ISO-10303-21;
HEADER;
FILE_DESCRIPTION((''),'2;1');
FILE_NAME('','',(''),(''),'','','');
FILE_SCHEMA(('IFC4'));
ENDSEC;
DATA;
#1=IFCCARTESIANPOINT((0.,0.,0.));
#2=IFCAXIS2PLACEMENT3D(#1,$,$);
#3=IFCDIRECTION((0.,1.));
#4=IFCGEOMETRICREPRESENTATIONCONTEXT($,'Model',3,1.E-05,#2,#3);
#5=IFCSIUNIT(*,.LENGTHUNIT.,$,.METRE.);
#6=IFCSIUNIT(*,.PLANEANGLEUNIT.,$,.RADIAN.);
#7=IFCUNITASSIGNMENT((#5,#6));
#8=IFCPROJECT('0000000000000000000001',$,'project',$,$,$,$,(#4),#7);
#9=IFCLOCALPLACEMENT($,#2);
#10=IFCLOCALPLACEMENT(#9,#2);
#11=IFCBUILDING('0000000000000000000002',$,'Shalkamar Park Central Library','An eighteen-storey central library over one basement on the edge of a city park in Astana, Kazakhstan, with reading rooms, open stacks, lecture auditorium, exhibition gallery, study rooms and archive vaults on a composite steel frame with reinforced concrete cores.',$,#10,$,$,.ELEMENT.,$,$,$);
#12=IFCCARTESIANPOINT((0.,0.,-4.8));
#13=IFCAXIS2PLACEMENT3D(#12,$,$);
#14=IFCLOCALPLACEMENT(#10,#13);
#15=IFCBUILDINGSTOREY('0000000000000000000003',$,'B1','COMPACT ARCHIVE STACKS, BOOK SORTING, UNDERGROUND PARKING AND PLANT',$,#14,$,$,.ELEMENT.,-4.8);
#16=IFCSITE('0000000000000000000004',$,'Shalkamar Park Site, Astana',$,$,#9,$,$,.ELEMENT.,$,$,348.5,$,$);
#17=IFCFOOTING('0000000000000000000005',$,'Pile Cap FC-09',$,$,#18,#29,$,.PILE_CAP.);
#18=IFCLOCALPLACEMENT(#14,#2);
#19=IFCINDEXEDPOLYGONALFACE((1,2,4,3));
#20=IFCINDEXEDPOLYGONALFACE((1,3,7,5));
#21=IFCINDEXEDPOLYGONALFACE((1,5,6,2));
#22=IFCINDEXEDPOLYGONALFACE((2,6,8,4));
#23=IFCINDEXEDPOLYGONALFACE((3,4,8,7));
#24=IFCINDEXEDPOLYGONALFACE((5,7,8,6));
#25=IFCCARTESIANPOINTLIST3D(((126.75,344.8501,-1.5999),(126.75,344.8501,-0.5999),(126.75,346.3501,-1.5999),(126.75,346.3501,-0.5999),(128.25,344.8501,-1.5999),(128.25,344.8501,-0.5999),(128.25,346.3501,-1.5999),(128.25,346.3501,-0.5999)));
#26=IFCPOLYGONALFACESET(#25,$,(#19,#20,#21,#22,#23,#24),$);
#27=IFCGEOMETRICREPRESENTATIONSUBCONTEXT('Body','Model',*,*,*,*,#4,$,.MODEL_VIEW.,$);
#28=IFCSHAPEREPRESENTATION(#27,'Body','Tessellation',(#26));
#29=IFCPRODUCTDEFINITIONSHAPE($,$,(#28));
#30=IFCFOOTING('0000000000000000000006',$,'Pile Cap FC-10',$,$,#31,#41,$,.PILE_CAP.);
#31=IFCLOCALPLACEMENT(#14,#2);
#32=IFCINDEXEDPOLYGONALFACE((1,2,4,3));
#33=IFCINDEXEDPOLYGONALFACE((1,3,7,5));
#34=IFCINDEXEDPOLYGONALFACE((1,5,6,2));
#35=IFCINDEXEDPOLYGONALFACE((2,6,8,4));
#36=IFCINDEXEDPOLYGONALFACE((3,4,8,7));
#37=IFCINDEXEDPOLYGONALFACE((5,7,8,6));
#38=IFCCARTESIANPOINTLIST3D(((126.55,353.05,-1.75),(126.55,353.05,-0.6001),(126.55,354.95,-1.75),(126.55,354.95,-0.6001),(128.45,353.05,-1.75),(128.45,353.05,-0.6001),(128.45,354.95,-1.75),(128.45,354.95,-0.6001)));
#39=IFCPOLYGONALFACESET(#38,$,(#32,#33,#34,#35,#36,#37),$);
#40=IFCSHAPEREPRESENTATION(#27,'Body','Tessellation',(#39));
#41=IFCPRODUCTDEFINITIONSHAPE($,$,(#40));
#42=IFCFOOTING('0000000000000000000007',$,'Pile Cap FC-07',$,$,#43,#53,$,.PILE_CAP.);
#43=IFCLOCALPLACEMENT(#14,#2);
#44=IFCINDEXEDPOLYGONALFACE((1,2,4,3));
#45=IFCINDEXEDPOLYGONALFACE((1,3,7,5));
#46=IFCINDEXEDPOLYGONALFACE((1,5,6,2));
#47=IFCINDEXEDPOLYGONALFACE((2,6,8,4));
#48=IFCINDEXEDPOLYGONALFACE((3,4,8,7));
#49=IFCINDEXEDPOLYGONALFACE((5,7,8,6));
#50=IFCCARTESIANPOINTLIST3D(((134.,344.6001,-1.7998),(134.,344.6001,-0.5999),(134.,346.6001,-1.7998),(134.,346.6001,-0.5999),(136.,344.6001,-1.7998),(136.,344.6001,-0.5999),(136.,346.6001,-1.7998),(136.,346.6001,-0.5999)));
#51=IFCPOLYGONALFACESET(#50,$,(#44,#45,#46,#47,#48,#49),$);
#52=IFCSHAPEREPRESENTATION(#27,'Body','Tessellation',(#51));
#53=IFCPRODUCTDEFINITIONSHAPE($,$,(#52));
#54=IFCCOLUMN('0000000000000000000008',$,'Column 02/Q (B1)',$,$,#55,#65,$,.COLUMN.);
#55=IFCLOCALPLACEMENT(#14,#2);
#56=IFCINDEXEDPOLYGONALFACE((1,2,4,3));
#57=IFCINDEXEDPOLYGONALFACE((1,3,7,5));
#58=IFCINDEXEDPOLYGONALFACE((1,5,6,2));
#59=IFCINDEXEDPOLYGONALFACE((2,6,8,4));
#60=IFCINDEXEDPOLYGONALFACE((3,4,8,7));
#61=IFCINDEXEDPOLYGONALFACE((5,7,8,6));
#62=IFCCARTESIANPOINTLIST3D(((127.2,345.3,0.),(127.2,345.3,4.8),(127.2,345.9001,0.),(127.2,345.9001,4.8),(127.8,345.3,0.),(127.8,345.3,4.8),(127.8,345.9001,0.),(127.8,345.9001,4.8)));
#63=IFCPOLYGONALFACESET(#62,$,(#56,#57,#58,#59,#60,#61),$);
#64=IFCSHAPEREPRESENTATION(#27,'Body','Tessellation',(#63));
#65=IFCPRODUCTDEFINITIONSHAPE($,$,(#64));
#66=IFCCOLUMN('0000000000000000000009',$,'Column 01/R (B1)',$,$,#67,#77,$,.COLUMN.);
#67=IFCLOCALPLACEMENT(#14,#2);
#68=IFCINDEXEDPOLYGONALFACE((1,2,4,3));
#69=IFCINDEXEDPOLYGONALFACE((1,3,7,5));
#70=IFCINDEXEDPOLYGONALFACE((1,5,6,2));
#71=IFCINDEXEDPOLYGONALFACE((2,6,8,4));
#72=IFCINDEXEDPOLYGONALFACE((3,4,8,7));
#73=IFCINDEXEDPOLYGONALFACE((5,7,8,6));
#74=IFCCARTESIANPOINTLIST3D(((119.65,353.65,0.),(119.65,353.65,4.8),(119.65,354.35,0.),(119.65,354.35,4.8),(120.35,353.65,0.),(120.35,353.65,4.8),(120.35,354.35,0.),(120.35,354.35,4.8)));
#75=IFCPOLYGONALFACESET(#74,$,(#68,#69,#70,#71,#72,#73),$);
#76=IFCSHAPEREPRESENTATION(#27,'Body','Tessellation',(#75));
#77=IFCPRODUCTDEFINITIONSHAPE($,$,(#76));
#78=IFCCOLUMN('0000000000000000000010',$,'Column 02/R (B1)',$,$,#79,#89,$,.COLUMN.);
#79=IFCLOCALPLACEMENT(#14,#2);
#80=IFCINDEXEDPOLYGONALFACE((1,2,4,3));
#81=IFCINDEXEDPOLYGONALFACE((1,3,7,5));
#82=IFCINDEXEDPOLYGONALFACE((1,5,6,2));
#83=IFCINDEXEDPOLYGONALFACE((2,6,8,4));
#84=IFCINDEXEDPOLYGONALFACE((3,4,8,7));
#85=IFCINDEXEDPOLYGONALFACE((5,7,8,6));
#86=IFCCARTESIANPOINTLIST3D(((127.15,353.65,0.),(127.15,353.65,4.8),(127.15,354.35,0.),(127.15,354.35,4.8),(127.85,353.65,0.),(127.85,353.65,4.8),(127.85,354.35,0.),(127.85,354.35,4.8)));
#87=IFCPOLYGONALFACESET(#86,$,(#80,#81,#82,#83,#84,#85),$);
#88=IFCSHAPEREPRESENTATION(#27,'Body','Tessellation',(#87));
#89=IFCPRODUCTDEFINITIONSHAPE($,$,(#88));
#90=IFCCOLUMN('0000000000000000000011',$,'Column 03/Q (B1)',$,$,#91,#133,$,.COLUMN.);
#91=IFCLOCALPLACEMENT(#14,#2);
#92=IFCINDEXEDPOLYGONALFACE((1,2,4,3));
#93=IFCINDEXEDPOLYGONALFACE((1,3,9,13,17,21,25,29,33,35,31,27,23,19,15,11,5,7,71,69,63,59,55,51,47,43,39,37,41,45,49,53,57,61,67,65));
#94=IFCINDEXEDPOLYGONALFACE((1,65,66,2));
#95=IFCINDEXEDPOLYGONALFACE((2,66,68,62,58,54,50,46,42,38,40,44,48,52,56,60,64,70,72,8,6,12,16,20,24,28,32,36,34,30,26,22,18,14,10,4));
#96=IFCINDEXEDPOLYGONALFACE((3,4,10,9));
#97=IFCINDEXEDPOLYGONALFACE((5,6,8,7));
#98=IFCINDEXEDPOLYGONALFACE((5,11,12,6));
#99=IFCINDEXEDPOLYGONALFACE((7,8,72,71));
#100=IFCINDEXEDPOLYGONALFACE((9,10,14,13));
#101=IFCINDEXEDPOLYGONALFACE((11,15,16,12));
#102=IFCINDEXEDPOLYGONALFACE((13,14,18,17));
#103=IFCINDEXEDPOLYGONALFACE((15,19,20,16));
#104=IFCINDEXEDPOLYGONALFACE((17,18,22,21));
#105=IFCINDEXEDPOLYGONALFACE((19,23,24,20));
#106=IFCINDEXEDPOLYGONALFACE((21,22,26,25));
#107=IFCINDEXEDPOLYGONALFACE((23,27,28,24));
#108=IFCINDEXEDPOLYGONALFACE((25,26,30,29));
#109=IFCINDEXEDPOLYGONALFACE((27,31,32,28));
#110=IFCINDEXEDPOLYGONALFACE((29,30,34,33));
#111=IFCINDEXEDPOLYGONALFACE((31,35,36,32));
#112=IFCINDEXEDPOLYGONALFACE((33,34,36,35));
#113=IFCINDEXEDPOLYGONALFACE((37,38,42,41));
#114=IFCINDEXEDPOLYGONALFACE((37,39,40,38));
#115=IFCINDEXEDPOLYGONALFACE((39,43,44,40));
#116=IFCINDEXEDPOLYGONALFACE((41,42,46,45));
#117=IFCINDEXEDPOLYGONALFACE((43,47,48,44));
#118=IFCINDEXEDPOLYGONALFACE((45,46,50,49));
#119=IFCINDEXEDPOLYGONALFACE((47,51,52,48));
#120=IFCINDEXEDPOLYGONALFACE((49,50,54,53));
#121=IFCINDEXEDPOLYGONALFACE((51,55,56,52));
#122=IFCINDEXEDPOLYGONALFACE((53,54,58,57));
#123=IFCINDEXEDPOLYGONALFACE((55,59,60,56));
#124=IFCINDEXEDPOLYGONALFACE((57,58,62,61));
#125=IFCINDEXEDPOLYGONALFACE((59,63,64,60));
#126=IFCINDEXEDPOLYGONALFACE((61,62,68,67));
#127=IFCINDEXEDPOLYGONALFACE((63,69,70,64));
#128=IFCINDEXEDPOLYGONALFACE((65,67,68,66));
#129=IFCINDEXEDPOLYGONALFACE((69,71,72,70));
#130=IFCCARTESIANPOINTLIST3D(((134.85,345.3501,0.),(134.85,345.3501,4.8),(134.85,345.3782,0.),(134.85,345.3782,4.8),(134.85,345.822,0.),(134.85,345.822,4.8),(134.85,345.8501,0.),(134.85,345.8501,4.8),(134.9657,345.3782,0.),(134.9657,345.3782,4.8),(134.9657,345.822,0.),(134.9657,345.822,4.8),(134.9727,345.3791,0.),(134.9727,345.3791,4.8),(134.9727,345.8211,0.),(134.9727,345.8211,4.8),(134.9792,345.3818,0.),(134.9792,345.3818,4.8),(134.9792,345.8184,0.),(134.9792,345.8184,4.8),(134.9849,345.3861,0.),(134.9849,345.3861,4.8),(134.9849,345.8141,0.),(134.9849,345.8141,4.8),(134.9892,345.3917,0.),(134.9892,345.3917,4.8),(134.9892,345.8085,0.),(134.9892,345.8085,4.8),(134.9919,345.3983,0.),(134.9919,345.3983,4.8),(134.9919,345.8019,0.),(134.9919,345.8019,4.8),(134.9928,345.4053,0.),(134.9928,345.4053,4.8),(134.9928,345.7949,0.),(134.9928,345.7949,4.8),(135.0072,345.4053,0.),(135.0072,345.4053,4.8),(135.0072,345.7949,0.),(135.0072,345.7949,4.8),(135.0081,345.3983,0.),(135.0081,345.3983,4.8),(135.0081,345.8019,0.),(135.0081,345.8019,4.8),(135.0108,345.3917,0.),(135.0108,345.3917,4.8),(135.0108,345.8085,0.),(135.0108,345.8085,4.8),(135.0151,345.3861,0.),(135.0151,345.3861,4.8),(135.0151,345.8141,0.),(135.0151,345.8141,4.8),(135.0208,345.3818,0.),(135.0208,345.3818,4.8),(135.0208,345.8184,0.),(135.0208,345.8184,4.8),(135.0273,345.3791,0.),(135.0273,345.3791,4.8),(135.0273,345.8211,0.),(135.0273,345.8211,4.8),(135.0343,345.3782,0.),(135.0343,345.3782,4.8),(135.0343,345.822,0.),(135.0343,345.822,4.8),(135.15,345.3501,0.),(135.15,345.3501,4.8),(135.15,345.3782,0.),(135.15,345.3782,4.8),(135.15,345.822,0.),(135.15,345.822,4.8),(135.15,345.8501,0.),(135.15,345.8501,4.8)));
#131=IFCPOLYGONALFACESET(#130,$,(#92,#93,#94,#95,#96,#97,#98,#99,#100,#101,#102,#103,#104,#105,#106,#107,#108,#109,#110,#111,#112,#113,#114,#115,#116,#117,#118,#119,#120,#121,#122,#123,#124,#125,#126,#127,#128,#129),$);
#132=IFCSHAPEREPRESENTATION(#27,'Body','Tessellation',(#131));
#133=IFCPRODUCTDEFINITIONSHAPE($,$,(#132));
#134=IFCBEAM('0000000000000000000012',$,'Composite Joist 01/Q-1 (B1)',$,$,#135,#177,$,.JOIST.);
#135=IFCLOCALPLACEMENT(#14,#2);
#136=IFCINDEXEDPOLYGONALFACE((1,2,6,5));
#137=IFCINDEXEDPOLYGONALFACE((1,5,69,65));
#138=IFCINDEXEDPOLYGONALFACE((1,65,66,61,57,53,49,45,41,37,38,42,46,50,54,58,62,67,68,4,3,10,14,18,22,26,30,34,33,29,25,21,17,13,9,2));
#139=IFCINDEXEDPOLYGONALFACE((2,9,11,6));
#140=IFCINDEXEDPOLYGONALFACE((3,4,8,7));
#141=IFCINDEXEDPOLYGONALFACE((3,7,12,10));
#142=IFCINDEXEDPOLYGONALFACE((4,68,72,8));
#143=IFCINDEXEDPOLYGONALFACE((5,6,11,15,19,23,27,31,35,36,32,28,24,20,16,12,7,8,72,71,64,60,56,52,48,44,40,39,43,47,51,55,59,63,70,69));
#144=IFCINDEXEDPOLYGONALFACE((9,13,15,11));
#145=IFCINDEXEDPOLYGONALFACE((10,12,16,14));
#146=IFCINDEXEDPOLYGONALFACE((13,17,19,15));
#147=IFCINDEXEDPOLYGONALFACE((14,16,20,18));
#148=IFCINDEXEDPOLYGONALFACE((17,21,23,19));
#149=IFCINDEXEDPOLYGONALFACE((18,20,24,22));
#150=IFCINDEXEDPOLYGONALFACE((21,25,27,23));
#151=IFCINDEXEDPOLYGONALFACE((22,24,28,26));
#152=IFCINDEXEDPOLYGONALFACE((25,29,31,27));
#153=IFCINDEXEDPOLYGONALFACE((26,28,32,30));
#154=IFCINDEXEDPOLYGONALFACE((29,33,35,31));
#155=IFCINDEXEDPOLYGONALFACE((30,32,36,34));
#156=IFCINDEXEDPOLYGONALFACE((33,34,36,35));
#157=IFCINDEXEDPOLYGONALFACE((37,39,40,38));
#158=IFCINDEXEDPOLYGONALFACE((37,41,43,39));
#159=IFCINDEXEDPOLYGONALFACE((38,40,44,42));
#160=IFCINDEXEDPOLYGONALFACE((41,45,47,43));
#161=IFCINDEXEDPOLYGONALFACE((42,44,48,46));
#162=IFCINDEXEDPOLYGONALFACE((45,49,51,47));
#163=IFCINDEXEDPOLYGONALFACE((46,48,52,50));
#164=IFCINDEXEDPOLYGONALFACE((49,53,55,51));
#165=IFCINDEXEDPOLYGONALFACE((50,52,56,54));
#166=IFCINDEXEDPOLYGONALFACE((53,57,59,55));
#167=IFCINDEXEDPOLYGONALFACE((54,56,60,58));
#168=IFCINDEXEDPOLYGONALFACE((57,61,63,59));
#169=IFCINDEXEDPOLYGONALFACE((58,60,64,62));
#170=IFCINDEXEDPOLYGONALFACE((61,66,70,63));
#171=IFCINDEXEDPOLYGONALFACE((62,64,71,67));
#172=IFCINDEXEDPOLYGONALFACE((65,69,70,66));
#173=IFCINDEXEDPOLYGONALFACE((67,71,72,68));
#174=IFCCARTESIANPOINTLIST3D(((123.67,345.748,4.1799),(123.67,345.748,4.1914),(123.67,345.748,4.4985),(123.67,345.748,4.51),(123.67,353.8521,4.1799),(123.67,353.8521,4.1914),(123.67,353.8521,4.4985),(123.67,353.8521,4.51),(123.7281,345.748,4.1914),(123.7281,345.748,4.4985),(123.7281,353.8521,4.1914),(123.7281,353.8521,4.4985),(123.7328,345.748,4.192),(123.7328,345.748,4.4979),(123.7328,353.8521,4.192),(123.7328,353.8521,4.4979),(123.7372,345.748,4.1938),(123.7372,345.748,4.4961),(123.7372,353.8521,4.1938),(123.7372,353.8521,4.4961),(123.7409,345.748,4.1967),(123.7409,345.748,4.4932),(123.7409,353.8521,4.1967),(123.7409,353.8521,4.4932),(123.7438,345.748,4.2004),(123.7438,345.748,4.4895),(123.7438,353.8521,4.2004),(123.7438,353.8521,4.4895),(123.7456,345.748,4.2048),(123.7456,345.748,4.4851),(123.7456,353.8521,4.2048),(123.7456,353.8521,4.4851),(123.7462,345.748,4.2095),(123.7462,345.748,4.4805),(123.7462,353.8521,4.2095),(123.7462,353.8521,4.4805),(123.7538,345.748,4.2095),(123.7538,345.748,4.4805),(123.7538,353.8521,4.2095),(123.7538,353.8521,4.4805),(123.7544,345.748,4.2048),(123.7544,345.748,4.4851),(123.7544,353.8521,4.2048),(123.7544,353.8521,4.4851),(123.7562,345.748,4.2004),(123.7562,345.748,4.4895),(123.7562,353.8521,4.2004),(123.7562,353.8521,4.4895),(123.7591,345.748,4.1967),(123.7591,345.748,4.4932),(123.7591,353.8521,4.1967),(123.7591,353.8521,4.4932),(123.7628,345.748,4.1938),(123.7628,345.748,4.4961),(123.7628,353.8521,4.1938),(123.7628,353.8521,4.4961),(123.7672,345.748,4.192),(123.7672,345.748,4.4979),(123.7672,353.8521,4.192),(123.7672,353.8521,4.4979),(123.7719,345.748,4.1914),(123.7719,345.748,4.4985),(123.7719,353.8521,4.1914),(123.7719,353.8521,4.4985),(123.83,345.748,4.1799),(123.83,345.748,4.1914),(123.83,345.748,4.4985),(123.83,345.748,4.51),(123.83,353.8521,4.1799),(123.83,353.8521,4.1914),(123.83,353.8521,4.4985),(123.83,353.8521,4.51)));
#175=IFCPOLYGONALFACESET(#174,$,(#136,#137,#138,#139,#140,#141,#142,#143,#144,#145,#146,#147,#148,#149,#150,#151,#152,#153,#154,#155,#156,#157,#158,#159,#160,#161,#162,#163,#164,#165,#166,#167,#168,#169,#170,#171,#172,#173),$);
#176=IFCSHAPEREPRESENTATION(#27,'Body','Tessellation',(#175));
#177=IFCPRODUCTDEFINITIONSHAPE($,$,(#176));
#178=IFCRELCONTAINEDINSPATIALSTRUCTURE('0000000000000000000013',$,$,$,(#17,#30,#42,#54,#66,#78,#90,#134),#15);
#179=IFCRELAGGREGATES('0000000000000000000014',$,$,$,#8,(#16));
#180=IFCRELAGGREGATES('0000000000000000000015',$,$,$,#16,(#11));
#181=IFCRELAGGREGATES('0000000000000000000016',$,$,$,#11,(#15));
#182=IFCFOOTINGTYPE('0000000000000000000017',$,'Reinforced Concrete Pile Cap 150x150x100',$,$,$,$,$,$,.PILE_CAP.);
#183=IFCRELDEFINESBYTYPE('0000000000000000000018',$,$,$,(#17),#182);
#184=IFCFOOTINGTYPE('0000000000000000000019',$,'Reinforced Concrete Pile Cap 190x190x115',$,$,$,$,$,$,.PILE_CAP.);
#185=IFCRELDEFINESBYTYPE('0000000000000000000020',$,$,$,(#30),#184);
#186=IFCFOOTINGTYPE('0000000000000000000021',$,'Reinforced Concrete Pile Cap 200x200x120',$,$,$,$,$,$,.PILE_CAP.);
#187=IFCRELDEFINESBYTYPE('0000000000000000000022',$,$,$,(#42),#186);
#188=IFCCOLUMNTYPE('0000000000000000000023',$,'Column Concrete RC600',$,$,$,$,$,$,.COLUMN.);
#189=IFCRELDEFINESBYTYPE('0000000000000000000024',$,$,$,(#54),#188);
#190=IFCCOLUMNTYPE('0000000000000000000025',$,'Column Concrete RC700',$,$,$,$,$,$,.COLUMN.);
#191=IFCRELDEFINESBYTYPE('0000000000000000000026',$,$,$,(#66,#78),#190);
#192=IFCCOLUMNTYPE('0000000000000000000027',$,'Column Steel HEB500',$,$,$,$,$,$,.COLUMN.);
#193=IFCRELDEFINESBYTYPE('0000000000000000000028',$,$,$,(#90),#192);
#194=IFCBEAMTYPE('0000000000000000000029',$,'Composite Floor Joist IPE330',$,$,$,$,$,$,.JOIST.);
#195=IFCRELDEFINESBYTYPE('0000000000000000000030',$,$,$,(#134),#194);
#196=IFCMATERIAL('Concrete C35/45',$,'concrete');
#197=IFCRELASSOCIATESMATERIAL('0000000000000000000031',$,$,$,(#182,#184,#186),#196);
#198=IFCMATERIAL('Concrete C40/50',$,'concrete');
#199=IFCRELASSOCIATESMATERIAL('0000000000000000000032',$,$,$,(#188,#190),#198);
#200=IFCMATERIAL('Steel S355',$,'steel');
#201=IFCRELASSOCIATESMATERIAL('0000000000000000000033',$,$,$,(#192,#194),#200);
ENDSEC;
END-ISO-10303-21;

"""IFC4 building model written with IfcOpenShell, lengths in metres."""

from ifc_helpers import new_model, si_unit, direction, frame, origin, origin_2d, place, context, subcontext, project, spatial, rectangle, i_section, extrude, material, material_profile, profile_set, type_object, element, save


model = new_model("IFC4")

# Units and contexts
model_context = context("Model", 3, precision=1e-05, world=origin(), true_north=direction((0.0, 1.0)))
body_context = subcontext(model_context, "Body", "Model", "MODEL_VIEW")
ifc_project = project(units=[si_unit("LENGTHUNIT", "METRE"), si_unit("PLANEANGLEUNIT", "RADIAN")], contexts=[model_context])

# Site, building, storey
site_placement = place(None, origin())
site = spatial("IfcSite", under=ifc_project, at=site_placement, Name="Shalkamar Park Site, Astana", CompositionType="ELEMENT", RefElevation=348.5)
building_placement = place(site_placement, origin())
building = spatial("IfcBuilding", under=site, at=building_placement, Name="Shalkamar Park Central Library", Description="An eighteen-storey central library over one basement on the edge of a city park in Astana, Kazakhstan, with reading rooms, open stacks, lecture auditorium, exhibition gallery, study rooms and archive vaults on a composite steel frame with reinforced concrete cores.", CompositionType="ELEMENT")
storey_placement = place(building_placement, frame((0.0, 0.0, -4.8)))
storey = spatial("IfcBuildingStorey", under=building, at=storey_placement, Name="B1", Description="COMPACT ARCHIVE STACKS, BOOK SORTING, UNDERGROUND PARKING AND PLANT", CompositionType="ELEMENT", Elevation=-4.8)

# Shared definitions
ifc_material_1 = material(Name="Concrete C35/45", Category="concrete")

# Footings
footing_type_1 = type_object("IfcFootingType", Name="Reinforced Concrete Pile Cap 150x150x100", PredefinedType="PILE_CAP", material=ifc_material_1)
footing_1_placement = place(storey_placement, frame((127.5, 345.6001, -1.5999), z_axis=(0.0, 0.0, 1.0), x_axis=(1.0, 0.0, 0.0)))
element("IfcFooting", 1, at=footing_1_placement, inside=storey, type_object=footing_type_1, Name="Pile Cap FC-09", PredefinedType="PILE_CAP", context=body_context, shape_type="SweptSolid", body=[
    extrude(rectangle(XDim=1.5, YDim=1.5, at=origin_2d()), origin(), (0.0, 0.0, 1.0), 1.0),
])
footing_type_2 = type_object("IfcFootingType", Name="Reinforced Concrete Pile Cap 190x190x115", PredefinedType="PILE_CAP", material=ifc_material_1)
footing_2_placement = place(storey_placement, frame((127.5, 354.0, -1.75), z_axis=(0.0, 0.0, 1.0), x_axis=(1.0, 0.0, 0.0)))
element("IfcFooting", 2, at=footing_2_placement, inside=storey, type_object=footing_type_2, Name="Pile Cap FC-10", PredefinedType="PILE_CAP", context=body_context, shape_type="SweptSolid", body=[
    extrude(rectangle(XDim=1.8999, YDim=1.8999, at=origin_2d()), origin(), (0.0, 0.0, 1.0), 1.1499),
])
footing_type_3 = type_object("IfcFootingType", Name="Reinforced Concrete Pile Cap 200x200x120", PredefinedType="PILE_CAP", material=ifc_material_1)
footing_3_placement = place(storey_placement, frame((135.0, 345.6001, -1.7998), z_axis=(0.0, 0.0, 1.0), x_axis=(1.0, 0.0, 0.0)))
element("IfcFooting", 3, at=footing_3_placement, inside=storey, type_object=footing_type_3, Name="Pile Cap FC-07", PredefinedType="PILE_CAP", context=body_context, shape_type="SweptSolid", body=[
    extrude(rectangle(XDim=2.0, YDim=2.0, at=origin_2d()), origin(), (0.0, 0.0, 1.0), 1.2),
])

# Columns
ifc_material_2 = material(Name="Concrete C40/50", Category="concrete")
ifc_material_profile_1 = material_profile(ifc_material_2, rectangle(XDim=0.6001, YDim=0.6001, at=origin_2d()), Name="RC 600x600")
ifc_profile_set_1 = profile_set([ifc_material_profile_1], Name="Concrete C40/50")
column_type_1 = type_object("IfcColumnType", Name="Column Concrete RC600", PredefinedType="COLUMN", material=ifc_profile_set_1)
column_1_placement = place(storey_placement, frame((127.5, 345.6001, 0.0), z_axis=(0.0, 0.0, 1.0), x_axis=(1.0, 0.0, 0.0)))
element("IfcColumn", 4, at=column_1_placement, inside=storey, type_object=column_type_1, Name="Column 02/Q (B1)", PredefinedType="COLUMN", context=body_context, shape_type="SweptSolid", body=[
    extrude(rectangle(XDim=0.6001, YDim=0.6001, at=origin_2d()), origin(), (0.0, 0.0, 1.0), 4.8),
])
ifc_material_profile_2 = material_profile(ifc_material_2, rectangle(XDim=0.7, YDim=0.7, at=origin_2d()), Name="RC 700x700")
ifc_profile_set_2 = profile_set([ifc_material_profile_2], Name="Concrete C40/50")
column_type_2 = type_object("IfcColumnType", Name="Column Concrete RC700", PredefinedType="COLUMN", material=ifc_profile_set_2)
for number, where, z_axis, x_axis, name in (
    (5, (120.0, 354.0, 0.0), (0.0, 0.0, 1.0), (1.0, 0.0, 0.0), "Column 01/R (B1)"),
    (6, (127.5, 354.0, 0.0), (0.0, 0.0, 1.0), (1.0, 0.0, 0.0), "Column 02/R (B1)"),
):
    element("IfcColumn", number, at=place(storey_placement, frame(where, z_axis=z_axis, x_axis=x_axis)), inside=storey, type_object=column_type_2, Name=name, PredefinedType="COLUMN", context=body_context, shape_type="SweptSolid", body=[
        extrude(rectangle(XDim=0.7, YDim=0.7, at=origin_2d()), origin(), (0.0, 0.0, 1.0), 4.8),
    ])
ifc_material_3 = material(Name="Steel S355", Category="steel")
ifc_material_profile_3 = material_profile(ifc_material_3, i_section(OverallWidth=0.3, OverallDepth=0.5, WebThickness=0.0144, FlangeThickness=0.0281, FilletRadius=0.0271, at=origin_2d()), Name="HEB 500")
ifc_profile_set_3 = profile_set([ifc_material_profile_3], Name="Steel S355")
column_type_3 = type_object("IfcColumnType", Name="Column Steel HEB500", PredefinedType="COLUMN", material=ifc_profile_set_3)
column_2_placement = place(storey_placement, frame((135.0, 345.6001, 0.0), z_axis=(0.0, 0.0, 1.0), x_axis=(1.0, 0.0, 0.0)))
element("IfcColumn", 7, at=column_2_placement, inside=storey, type_object=column_type_3, Name="Column 03/Q (B1)", PredefinedType="COLUMN", context=body_context, shape_type="SweptSolid", body=[
    extrude(i_section(OverallWidth=0.3, OverallDepth=0.5, WebThickness=0.0144, FlangeThickness=0.0281, FilletRadius=0.0271, at=origin_2d()), origin(), (0.0, 0.0, 1.0), 4.8),
])

# Beam
ifc_material_profile_4 = material_profile(ifc_material_3, i_section(OverallWidth=0.1599, OverallDepth=0.3301, WebThickness=0.0076, FlangeThickness=0.0115, FilletRadius=0.0181, at=origin_2d()), Name="IPE 330")
ifc_profile_set_4 = profile_set([ifc_material_profile_4], Name="Steel S355")
beam_type_1 = type_object("IfcBeamType", Name="Composite Floor Joist IPE330", PredefinedType="JOIST", material=ifc_profile_set_4)
for number, where, z_axis, x_axis, name in (
    (8, (123.75, 345.748, 4.345), (0.0, 1.0, 0.0), (-1.0, 0.0, 0.0), "Composite Joist 01/Q-1 (B1)"),
):
    element("IfcBeam", number, at=place(storey_placement, frame(where, z_axis=z_axis, x_axis=x_axis)), inside=storey, type_object=beam_type_1, Name=name, PredefinedType="JOIST", context=body_context, shape_type="SweptSolid", body=[
        extrude(i_section(OverallWidth=0.1599, OverallDepth=0.3301, WebThickness=0.0076, FlangeThickness=0.0115, FilletRadius=0.0181, at=origin_2d()), origin(), (0.0, 0.0, 1.0), 8.104),
    ])

save(model, "model.ifc")
